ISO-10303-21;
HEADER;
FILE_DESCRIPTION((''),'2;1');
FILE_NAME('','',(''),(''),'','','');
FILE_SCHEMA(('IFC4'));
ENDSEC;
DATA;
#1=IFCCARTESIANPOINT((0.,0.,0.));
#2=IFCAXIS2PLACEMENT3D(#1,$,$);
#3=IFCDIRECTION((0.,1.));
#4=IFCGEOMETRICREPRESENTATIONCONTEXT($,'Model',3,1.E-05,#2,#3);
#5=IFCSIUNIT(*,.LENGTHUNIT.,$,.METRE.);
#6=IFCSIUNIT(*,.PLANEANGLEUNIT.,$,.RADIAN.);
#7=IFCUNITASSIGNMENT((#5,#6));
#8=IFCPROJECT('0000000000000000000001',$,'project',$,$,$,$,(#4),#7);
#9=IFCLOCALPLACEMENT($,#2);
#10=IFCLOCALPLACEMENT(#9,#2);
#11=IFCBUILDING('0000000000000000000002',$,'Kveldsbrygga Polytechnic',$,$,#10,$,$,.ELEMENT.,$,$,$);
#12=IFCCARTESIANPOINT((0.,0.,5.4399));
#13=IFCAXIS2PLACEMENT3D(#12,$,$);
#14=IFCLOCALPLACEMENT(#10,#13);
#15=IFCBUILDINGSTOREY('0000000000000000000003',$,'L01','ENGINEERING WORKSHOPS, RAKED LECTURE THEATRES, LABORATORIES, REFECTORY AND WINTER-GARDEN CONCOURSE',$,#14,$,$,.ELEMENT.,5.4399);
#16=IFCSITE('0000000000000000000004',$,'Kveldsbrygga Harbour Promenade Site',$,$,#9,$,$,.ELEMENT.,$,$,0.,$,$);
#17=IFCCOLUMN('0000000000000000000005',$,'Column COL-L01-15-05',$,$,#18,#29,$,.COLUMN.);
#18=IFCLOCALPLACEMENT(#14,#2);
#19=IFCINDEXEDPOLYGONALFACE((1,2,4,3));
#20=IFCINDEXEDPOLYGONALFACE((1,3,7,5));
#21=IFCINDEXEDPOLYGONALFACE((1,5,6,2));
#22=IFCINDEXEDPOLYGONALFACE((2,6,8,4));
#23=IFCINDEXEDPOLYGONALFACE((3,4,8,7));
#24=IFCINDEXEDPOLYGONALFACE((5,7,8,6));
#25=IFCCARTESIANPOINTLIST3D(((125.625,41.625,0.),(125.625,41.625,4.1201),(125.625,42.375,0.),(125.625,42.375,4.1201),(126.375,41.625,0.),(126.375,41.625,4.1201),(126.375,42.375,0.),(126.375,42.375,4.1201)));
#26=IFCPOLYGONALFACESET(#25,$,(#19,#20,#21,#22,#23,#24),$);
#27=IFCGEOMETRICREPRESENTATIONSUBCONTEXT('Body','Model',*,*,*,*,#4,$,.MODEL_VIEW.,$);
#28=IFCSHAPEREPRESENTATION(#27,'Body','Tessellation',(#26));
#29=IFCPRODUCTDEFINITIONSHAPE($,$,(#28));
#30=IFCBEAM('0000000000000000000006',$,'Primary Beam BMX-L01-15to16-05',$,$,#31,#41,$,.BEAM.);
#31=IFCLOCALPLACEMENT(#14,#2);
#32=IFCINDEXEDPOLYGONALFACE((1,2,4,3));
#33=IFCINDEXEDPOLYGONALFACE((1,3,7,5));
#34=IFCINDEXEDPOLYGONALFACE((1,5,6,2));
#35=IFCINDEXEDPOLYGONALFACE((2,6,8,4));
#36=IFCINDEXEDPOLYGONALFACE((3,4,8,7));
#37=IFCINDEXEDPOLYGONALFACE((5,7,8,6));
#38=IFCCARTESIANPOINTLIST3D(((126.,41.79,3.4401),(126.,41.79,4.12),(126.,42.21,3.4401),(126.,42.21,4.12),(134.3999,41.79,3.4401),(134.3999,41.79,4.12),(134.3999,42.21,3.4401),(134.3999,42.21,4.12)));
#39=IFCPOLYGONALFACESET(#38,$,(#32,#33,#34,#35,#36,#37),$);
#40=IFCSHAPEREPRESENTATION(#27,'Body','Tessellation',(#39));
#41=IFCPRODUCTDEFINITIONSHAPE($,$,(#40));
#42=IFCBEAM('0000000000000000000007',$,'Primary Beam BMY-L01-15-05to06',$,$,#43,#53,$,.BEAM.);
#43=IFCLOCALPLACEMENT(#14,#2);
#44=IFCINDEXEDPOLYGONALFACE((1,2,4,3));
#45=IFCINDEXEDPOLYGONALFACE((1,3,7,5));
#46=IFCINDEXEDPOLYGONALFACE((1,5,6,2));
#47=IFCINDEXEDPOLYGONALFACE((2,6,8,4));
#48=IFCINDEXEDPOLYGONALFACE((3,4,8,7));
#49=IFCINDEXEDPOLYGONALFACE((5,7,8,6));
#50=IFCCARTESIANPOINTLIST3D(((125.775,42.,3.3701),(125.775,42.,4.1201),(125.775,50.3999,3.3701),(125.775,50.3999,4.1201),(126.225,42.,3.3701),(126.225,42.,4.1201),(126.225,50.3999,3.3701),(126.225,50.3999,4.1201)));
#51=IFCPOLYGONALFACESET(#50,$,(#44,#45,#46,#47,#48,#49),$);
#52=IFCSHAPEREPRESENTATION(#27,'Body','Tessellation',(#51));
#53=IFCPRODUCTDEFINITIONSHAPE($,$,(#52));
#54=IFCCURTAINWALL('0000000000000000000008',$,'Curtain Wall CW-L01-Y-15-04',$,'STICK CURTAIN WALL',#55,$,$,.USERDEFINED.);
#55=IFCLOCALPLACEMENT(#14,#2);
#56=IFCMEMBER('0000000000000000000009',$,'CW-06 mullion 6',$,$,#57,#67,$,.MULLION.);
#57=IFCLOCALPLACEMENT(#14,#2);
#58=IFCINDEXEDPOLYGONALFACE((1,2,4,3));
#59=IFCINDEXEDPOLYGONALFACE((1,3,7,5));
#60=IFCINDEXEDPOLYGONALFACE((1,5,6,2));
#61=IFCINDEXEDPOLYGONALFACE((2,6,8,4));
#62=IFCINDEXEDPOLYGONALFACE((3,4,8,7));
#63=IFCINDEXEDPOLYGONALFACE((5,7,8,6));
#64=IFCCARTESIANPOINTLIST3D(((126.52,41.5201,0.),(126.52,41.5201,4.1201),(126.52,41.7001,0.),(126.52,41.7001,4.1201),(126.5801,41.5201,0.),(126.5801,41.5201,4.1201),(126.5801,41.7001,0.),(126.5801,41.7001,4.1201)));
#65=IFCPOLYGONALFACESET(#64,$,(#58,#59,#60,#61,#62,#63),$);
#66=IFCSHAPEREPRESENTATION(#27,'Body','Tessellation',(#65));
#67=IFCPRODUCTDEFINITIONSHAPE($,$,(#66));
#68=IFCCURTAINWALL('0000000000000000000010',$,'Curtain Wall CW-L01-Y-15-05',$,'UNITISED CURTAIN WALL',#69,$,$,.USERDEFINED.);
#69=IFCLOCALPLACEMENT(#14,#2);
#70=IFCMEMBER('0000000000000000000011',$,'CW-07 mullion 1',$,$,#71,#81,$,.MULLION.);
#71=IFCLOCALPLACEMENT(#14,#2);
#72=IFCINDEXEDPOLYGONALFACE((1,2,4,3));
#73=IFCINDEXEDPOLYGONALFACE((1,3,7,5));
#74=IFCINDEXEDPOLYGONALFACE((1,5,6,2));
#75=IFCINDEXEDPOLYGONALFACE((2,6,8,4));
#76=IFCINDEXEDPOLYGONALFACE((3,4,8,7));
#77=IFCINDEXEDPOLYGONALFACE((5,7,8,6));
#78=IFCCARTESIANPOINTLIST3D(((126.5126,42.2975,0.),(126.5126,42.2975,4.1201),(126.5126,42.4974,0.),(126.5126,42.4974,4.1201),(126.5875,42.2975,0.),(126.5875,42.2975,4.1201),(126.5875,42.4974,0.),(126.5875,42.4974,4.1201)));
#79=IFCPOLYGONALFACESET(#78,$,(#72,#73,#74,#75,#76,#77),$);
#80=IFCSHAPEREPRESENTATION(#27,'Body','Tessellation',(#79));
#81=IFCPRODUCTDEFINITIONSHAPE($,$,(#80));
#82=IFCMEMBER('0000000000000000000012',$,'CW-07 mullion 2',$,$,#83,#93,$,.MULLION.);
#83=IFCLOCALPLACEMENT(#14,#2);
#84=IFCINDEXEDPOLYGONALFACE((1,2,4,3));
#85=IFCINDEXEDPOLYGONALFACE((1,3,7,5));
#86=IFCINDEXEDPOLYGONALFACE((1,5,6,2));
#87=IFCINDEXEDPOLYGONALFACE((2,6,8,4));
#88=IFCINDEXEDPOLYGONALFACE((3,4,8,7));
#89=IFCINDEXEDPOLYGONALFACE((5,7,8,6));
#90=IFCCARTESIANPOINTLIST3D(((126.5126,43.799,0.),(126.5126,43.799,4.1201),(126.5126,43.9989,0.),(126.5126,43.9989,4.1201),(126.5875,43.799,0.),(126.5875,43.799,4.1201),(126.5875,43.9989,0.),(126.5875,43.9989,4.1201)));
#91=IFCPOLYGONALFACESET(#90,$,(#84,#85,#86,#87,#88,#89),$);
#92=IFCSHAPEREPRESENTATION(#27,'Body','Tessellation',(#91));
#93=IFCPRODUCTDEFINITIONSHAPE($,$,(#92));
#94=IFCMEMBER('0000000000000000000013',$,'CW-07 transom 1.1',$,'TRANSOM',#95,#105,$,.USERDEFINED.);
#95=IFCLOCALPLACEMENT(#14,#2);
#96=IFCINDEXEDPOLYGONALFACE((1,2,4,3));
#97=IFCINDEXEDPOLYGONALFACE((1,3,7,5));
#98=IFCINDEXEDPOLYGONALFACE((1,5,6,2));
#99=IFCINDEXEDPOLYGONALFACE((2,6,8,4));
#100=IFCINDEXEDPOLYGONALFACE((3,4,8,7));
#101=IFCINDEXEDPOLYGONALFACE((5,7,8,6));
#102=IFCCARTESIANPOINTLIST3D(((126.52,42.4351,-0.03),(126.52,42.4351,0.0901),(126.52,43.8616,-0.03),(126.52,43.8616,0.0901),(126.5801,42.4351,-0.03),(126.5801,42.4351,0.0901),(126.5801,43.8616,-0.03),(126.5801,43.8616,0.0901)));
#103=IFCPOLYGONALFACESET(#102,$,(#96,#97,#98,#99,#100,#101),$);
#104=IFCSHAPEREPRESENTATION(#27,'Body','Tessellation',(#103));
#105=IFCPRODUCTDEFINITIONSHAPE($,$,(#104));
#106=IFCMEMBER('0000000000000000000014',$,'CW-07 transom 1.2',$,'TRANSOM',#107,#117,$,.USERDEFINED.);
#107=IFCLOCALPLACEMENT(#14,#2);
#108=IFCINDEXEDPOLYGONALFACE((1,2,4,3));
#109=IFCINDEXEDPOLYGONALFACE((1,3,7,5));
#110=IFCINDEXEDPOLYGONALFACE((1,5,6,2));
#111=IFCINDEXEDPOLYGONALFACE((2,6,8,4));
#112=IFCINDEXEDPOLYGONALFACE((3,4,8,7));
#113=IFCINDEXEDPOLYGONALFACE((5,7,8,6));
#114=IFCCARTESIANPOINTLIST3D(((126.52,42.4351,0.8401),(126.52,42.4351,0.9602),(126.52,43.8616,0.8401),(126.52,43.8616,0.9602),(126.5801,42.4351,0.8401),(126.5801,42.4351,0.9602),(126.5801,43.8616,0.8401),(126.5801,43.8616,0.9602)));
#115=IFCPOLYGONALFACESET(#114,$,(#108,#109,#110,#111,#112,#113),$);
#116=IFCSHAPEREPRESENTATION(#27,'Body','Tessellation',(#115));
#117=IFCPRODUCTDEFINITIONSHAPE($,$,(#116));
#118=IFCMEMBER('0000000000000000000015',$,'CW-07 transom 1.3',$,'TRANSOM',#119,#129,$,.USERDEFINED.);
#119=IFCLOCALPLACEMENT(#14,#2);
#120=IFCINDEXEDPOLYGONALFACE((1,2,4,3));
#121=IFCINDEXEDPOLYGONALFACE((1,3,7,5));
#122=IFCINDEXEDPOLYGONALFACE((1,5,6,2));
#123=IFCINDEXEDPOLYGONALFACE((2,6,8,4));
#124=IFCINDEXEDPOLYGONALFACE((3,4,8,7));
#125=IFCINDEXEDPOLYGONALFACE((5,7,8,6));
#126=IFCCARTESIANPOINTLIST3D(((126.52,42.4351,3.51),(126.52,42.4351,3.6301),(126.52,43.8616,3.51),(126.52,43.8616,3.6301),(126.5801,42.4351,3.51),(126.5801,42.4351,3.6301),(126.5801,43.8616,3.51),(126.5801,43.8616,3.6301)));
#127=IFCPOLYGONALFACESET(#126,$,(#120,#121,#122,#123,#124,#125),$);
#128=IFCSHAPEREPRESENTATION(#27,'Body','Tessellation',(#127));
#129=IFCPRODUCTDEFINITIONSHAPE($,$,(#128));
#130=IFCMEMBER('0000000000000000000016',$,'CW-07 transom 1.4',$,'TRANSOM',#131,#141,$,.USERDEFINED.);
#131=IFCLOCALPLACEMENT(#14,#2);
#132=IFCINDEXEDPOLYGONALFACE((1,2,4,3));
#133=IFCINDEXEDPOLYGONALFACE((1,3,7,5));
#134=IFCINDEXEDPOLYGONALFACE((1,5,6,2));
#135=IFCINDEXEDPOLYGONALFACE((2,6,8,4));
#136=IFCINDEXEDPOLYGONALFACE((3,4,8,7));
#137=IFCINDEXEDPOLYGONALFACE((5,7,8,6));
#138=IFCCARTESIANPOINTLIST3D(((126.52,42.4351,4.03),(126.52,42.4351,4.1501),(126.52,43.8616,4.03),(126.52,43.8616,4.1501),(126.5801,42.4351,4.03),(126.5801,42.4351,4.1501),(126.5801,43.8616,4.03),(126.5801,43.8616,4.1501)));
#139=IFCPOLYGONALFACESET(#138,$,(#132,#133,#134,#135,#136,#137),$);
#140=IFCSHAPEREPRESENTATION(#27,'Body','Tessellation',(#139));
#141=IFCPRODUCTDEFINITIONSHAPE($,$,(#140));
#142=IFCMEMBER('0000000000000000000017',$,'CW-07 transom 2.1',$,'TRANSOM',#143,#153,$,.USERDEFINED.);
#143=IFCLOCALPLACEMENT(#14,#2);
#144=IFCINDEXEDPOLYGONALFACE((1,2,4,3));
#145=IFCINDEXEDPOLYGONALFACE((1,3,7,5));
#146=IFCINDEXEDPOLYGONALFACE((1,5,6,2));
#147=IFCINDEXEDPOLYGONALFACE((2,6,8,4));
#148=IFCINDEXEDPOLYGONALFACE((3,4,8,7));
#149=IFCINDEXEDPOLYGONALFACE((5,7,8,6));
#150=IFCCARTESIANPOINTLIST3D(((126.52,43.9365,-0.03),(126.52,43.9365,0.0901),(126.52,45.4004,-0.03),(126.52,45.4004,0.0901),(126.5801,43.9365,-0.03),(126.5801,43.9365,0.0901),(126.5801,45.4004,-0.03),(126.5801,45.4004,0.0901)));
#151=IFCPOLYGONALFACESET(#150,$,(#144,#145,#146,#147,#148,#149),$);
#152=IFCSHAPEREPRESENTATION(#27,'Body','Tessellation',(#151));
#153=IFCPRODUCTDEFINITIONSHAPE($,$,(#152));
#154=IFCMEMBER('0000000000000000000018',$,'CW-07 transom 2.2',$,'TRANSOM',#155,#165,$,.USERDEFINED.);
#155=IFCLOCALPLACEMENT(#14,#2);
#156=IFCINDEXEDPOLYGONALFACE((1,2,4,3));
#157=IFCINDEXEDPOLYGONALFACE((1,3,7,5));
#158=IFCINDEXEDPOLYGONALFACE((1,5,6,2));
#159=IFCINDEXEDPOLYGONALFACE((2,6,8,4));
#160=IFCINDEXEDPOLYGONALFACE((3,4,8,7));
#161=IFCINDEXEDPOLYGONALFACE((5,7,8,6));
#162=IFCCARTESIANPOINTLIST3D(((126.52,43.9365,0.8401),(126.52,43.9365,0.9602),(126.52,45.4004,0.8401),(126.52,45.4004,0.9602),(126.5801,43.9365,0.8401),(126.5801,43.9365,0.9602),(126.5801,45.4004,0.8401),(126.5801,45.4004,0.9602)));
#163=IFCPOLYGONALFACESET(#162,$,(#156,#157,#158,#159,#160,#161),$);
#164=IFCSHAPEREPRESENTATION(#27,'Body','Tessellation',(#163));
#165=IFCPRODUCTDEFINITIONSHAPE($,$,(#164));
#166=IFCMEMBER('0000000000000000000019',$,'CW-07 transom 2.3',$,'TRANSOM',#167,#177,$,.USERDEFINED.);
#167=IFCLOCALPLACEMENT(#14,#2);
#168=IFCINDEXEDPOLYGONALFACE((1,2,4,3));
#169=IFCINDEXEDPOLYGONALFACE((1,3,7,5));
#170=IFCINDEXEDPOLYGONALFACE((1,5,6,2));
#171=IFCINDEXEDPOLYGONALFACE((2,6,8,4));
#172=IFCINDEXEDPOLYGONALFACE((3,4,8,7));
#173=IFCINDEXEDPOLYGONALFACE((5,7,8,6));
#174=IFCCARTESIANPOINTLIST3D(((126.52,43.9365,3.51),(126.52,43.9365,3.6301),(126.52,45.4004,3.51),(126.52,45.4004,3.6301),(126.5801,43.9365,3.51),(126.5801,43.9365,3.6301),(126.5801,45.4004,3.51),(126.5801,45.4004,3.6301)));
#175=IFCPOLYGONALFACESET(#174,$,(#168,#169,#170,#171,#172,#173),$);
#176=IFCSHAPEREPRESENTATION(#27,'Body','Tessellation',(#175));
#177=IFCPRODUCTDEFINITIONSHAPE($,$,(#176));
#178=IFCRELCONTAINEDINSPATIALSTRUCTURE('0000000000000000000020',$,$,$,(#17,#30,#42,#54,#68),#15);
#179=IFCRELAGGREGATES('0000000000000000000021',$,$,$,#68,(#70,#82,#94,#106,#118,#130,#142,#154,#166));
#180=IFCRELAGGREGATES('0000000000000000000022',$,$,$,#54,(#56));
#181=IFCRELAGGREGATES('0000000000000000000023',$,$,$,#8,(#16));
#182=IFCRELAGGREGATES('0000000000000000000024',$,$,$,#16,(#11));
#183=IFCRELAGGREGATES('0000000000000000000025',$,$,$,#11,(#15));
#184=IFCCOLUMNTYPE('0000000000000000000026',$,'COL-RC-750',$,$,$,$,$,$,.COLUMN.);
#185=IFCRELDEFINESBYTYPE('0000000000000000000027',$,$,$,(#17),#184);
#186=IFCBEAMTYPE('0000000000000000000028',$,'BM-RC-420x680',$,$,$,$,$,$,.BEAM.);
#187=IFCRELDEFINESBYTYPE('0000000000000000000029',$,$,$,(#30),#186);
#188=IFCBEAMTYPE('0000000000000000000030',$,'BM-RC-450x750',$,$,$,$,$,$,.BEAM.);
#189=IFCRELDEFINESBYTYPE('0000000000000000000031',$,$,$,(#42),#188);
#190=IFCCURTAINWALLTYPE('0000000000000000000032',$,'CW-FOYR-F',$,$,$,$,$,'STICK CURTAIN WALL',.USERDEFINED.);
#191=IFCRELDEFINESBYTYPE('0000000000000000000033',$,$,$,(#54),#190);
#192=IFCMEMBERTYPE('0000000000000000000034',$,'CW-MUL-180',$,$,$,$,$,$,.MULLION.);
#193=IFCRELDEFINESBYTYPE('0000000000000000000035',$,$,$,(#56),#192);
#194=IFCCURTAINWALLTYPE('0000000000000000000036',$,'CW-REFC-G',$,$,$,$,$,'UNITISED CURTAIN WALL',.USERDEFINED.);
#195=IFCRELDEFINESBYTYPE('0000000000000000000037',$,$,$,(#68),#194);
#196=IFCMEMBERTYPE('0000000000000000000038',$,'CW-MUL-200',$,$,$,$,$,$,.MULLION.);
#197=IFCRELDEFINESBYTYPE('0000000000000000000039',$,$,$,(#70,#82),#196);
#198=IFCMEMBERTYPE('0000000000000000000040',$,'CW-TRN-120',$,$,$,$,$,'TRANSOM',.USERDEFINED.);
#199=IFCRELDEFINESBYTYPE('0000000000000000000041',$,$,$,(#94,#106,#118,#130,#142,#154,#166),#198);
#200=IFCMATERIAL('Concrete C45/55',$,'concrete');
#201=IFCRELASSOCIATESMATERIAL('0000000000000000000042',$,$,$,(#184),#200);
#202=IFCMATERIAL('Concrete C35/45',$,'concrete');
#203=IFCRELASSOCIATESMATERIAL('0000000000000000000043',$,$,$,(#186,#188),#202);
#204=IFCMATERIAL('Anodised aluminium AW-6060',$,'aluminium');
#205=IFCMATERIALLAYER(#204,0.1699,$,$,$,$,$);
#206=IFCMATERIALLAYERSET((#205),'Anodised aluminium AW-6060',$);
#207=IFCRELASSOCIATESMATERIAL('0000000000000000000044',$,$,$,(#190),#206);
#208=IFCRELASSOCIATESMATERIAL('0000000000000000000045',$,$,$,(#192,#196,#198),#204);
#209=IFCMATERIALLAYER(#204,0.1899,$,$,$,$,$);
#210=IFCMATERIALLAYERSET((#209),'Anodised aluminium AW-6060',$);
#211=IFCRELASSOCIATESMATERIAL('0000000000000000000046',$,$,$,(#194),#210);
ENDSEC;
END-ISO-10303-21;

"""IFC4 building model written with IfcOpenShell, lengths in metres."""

from ifc_helpers import new_model, si_unit, direction, frame, origin, origin_2d, place, context, subcontext, project, spatial, rectangle, extrude, material, layer, layer_set, material_profile, profile_set, type_object, element, aggregate, save


model = new_model("IFC4")

# Units and contexts
model_context = context("Model", 3, precision=1e-05, world=origin(), true_north=direction((0.0, 1.0)))
body_context = subcontext(model_context, "Body", "Model", "MODEL_VIEW")
ifc_project = project(units=[si_unit("LENGTHUNIT", "METRE"), si_unit("PLANEANGLEUNIT", "RADIAN")], contexts=[model_context])

# Site, building, storey
site_placement = place(None, origin())
site = spatial("IfcSite", under=ifc_project, at=site_placement, Name="Kveldsbrygga Harbour Promenade Site", CompositionType="ELEMENT", RefElevation=0.0)
building_placement = place(site_placement, origin())
building = spatial("IfcBuilding", under=site, at=building_placement, Name="Kveldsbrygga Polytechnic", CompositionType="ELEMENT")
storey_placement = place(building_placement, frame((0.0, 0.0, 5.4399)))
storey = spatial("IfcBuildingStorey", under=building, at=storey_placement, Name="L01", Description="ENGINEERING WORKSHOPS, RAKED LECTURE THEATRES, LABORATORIES, REFECTORY AND WINTER-GARDEN CONCOURSE", CompositionType="ELEMENT", Elevation=5.4399)

# Column
ifc_material_1 = material(Name="Concrete C45/55", Category="concrete")
ifc_material_profile_1 = material_profile(ifc_material_1, rectangle(XDim=0.75, YDim=0.75, at=origin_2d()), Name="RC 750x750")
ifc_profile_set_1 = profile_set([ifc_material_profile_1], Name="Concrete C45/55")
column_type = type_object("IfcColumnType", Name="COL-RC-750", PredefinedType="COLUMN", material=ifc_profile_set_1)
column_placement = place(storey_placement, frame((126.0, 42.0, 0.0), z_axis=(0.0, 0.0, 1.0), x_axis=(1.0, 0.0, 0.0)))
element("IfcColumn", 1, at=column_placement, inside=storey, type_object=column_type, Name="Column COL-L01-15-05", PredefinedType="COLUMN", context=body_context, shape_type="SweptSolid", body=[
    extrude(rectangle(XDim=0.75, YDim=0.75, at=origin_2d()), origin(), (0.0, 0.0, 1.0), 4.1201),
])

# Beams
ifc_material_2 = material(Name="Concrete C35/45", Category="concrete")
ifc_material_profile_2 = material_profile(ifc_material_2, rectangle(XDim=0.4199, YDim=0.6799, at=origin_2d()), Name="RC 420x680")
ifc_profile_set_2 = profile_set([ifc_material_profile_2], Name="Concrete C35/45")
beam_type_1 = type_object("IfcBeamType", Name="BM-RC-420x680", PredefinedType="BEAM", material=ifc_profile_set_2)
beam_1_placement = place(storey_placement, frame((126.0, 42.0, 3.78), z_axis=(1.0, 0.0, 0.0), x_axis=(0.0, 1.0, 0.0)))
element("IfcBeam", 2, at=beam_1_placement, inside=storey, type_object=beam_type_1, Name="Primary Beam BMX-L01-15to16-05", PredefinedType="BEAM", context=body_context, shape_type="SweptSolid", body=[
    extrude(rectangle(XDim=0.4199, YDim=0.6799, at=origin_2d()), origin(), (0.0, 0.0, 1.0), 8.3999),
])
ifc_material_profile_3 = material_profile(ifc_material_2, rectangle(XDim=0.45, YDim=0.75, at=origin_2d()), Name="RC 450x750")
ifc_profile_set_3 = profile_set([ifc_material_profile_3], Name="Concrete C35/45")
beam_type_2 = type_object("IfcBeamType", Name="BM-RC-450x750", PredefinedType="BEAM", material=ifc_profile_set_3)
beam_2_placement = place(storey_placement, frame((126.0, 42.0, 3.7451), z_axis=(0.0, 1.0, 0.0), x_axis=(-1.0, 0.0, 0.0)))
element("IfcBeam", 3, at=beam_2_placement, inside=storey, type_object=beam_type_2, Name="Primary Beam BMY-L01-15-05to06", PredefinedType="BEAM", context=body_context, shape_type="SweptSolid", body=[
    extrude(rectangle(XDim=0.45, YDim=0.75, at=origin_2d()), origin(), (0.0, 0.0, 1.0), 8.3999),
])

# Curtain wall, member
ifc_material_3 = material(Name="Anodised aluminium AW-6060", Category="aluminium")
ifc_layer_1 = layer(ifc_material_3, 0.1699)
ifc_layer_set_1 = layer_set([ifc_layer_1], Name="Anodised aluminium AW-6060")
curtain_wall_type_1 = type_object("IfcCurtainWallType", Name="CW-FOYR-F", ElementType="STICK CURTAIN WALL", PredefinedType="USERDEFINED", material=ifc_layer_set_1)
curtain_wall_1_placement = place(storey_placement, origin())
curtain_wall_1 = element("IfcCurtainWall", 4, at=curtain_wall_1_placement, inside=storey, type_object=curtain_wall_type_1, Name="Curtain Wall CW-L01-Y-15-04", ObjectType="STICK CURTAIN WALL", PredefinedType="USERDEFINED")
ifc_material_profile_4 = material_profile(ifc_material_3, rectangle(XDim=0.0601, YDim=0.1799, at=origin_2d()), Name="ALU 60x180")
ifc_profile_set_4 = profile_set([ifc_material_profile_4], Name="Anodised aluminium AW-6060")
member_type_1 = type_object("IfcMemberType", Name="CW-MUL-180", PredefinedType="MULLION", material=ifc_profile_set_4)
member_1_placement = place(storey_placement, frame((126.55, 41.6101, 0.0), z_axis=(0.0, 0.0, 1.0), x_axis=(-1.0, 0.0, 0.0)))
member_1 = element("IfcMember", 5, at=member_1_placement, type_object=member_type_1, Name="CW-06 mullion 6", PredefinedType="MULLION", context=body_context, shape_type="SweptSolid", body=[
    extrude(rectangle(XDim=0.0601, YDim=0.1799, at=origin_2d()), origin(), (0.0, 0.0, 1.0), 4.1201),
])

# Curtain wall, members
ifc_layer_2 = layer(ifc_material_3, 0.1899)
ifc_layer_set_2 = layer_set([ifc_layer_2], Name="Anodised aluminium AW-6060")
curtain_wall_type_2 = type_object("IfcCurtainWallType", Name="CW-REFC-G", ElementType="UNITISED CURTAIN WALL", PredefinedType="USERDEFINED", material=ifc_layer_set_2)
curtain_wall_2_placement = place(storey_placement, origin())
curtain_wall_2 = element("IfcCurtainWall", 6, at=curtain_wall_2_placement, inside=storey, type_object=curtain_wall_type_2, Name="Curtain Wall CW-L01-Y-15-05", ObjectType="UNITISED CURTAIN WALL", PredefinedType="USERDEFINED")
ifc_material_profile_5 = material_profile(ifc_material_3, rectangle(XDim=0.075, YDim=0.2, at=origin_2d()), Name="ALU 75x200")
ifc_profile_set_5 = profile_set([ifc_material_profile_5], Name="Anodised aluminium AW-6060")
member_type_2 = type_object("IfcMemberType", Name="CW-MUL-200", PredefinedType="MULLION", material=ifc_profile_set_5)
member_2_placement = place(storey_placement, frame((126.55, 42.3975, 0.0), z_axis=(0.0, 0.0, 1.0), x_axis=(-1.0, 0.0, 0.0)))
member_2 = element("IfcMember", 7, at=member_2_placement, type_object=member_type_2, Name="CW-07 mullion 1", PredefinedType="MULLION", context=body_context, shape_type="SweptSolid", body=[
    extrude(rectangle(XDim=0.075, YDim=0.2, at=origin_2d()), origin(), (0.0, 0.0, 1.0), 4.1201),
])
member_3_placement = place(storey_placement, frame((126.55, 43.8989, 0.0), z_axis=(0.0, 0.0, 1.0), x_axis=(-1.0, 0.0, 0.0)))
member_3 = element("IfcMember", 8, at=member_3_placement, type_object=member_type_2, Name="CW-07 mullion 2", PredefinedType="MULLION", context=body_context, shape_type="SweptSolid", body=[
    extrude(rectangle(XDim=0.075, YDim=0.2, at=origin_2d()), origin(), (0.0, 0.0, 1.0), 4.1201),
])
ifc_material_profile_6 = material_profile(ifc_material_3, rectangle(XDim=0.0601, YDim=0.1201, at=origin_2d()), Name="ALU 60x120")
ifc_profile_set_6 = profile_set([ifc_material_profile_6], Name="Anodised aluminium AW-6060")
member_type_3 = type_object("IfcMemberType", Name="CW-TRN-120", ElementType="TRANSOM", PredefinedType="USERDEFINED", material=ifc_profile_set_6)
member_4_placement = place(storey_placement, frame((126.55, 42.4351, 0.03), z_axis=(0.0, 1.0, 0.0), x_axis=(-1.0, 0.0, 0.0)))
member_4 = element("IfcMember", 9, at=member_4_placement, type_object=member_type_3, Name="CW-07 transom 1.1", ObjectType="TRANSOM", PredefinedType="USERDEFINED", context=body_context, shape_type="SweptSolid", body=[
    extrude(rectangle(XDim=0.0601, YDim=0.1201, at=origin_2d()), origin(), (0.0, 0.0, 1.0), 1.4265),
])
member_5_placement = place(storey_placement, frame((126.55, 42.4351, 0.9001), z_axis=(0.0, 1.0, 0.0), x_axis=(-1.0, 0.0, 0.0)))
member_5 = element("IfcMember", 10, at=member_5_placement, type_object=member_type_3, Name="CW-07 transom 1.2", ObjectType="TRANSOM", PredefinedType="USERDEFINED", context=body_context, shape_type="SweptSolid", body=[
    extrude(rectangle(XDim=0.0601, YDim=0.1201, at=origin_2d()), origin(), (0.0, 0.0, 1.0), 1.4265),
])
member_6_placement = place(storey_placement, frame((126.55, 42.4351, 3.5701), z_axis=(0.0, 1.0, 0.0), x_axis=(-1.0, 0.0, 0.0)))
member_6 = element("IfcMember", 11, at=member_6_placement, type_object=member_type_3, Name="CW-07 transom 1.3", ObjectType="TRANSOM", PredefinedType="USERDEFINED", context=body_context, shape_type="SweptSolid", body=[
    extrude(rectangle(XDim=0.0601, YDim=0.1201, at=origin_2d()), origin(), (0.0, 0.0, 1.0), 1.4265),
])
member_7_placement = place(storey_placement, frame((126.55, 42.4351, 4.0901), z_axis=(0.0, 1.0, 0.0), x_axis=(-1.0, 0.0, 0.0)))
member_7 = element("IfcMember", 12, at=member_7_placement, type_object=member_type_3, Name="CW-07 transom 1.4", ObjectType="TRANSOM", PredefinedType="USERDEFINED", context=body_context, shape_type="SweptSolid", body=[
    extrude(rectangle(XDim=0.0601, YDim=0.1201, at=origin_2d()), origin(), (0.0, 0.0, 1.0), 1.4265),
])
member_8_placement = place(storey_placement, frame((126.55, 43.9365, 0.03), z_axis=(0.0, 1.0, 0.0), x_axis=(-1.0, 0.0, 0.0)))
member_8 = element("IfcMember", 13, at=member_8_placement, type_object=member_type_3, Name="CW-07 transom 2.1", ObjectType="TRANSOM", PredefinedType="USERDEFINED", context=body_context, shape_type="SweptSolid", body=[
    extrude(rectangle(XDim=0.0601, YDim=0.1201, at=origin_2d()), origin(), (0.0, 0.0, 1.0), 1.4639),
])
member_9_placement = place(storey_placement, frame((126.55, 43.9365, 0.9001), z_axis=(0.0, 1.0, 0.0), x_axis=(-1.0, 0.0, 0.0)))
member_9 = element("IfcMember", 14, at=member_9_placement, type_object=member_type_3, Name="CW-07 transom 2.2", ObjectType="TRANSOM", PredefinedType="USERDEFINED", context=body_context, shape_type="SweptSolid", body=[
    extrude(rectangle(XDim=0.0601, YDim=0.1201, at=origin_2d()), origin(), (0.0, 0.0, 1.0), 1.4639),
])
member_10_placement = place(storey_placement, frame((126.55, 43.9365, 3.5701), z_axis=(0.0, 1.0, 0.0), x_axis=(-1.0, 0.0, 0.0)))
member_10 = element("IfcMember", 15, at=member_10_placement, type_object=member_type_3, Name="CW-07 transom 2.3", ObjectType="TRANSOM", PredefinedType="USERDEFINED", context=body_context, shape_type="SweptSolid", body=[
    extrude(rectangle(XDim=0.0601, YDim=0.1201, at=origin_2d()), origin(), (0.0, 0.0, 1.0), 1.4639),
])
aggregate(curtain_wall_2, [member_2, member_3, member_4, member_5, member_6, member_7, member_8, member_9, member_10])

aggregate(curtain_wall_1, [member_1])

save(model, "model.ifc")
